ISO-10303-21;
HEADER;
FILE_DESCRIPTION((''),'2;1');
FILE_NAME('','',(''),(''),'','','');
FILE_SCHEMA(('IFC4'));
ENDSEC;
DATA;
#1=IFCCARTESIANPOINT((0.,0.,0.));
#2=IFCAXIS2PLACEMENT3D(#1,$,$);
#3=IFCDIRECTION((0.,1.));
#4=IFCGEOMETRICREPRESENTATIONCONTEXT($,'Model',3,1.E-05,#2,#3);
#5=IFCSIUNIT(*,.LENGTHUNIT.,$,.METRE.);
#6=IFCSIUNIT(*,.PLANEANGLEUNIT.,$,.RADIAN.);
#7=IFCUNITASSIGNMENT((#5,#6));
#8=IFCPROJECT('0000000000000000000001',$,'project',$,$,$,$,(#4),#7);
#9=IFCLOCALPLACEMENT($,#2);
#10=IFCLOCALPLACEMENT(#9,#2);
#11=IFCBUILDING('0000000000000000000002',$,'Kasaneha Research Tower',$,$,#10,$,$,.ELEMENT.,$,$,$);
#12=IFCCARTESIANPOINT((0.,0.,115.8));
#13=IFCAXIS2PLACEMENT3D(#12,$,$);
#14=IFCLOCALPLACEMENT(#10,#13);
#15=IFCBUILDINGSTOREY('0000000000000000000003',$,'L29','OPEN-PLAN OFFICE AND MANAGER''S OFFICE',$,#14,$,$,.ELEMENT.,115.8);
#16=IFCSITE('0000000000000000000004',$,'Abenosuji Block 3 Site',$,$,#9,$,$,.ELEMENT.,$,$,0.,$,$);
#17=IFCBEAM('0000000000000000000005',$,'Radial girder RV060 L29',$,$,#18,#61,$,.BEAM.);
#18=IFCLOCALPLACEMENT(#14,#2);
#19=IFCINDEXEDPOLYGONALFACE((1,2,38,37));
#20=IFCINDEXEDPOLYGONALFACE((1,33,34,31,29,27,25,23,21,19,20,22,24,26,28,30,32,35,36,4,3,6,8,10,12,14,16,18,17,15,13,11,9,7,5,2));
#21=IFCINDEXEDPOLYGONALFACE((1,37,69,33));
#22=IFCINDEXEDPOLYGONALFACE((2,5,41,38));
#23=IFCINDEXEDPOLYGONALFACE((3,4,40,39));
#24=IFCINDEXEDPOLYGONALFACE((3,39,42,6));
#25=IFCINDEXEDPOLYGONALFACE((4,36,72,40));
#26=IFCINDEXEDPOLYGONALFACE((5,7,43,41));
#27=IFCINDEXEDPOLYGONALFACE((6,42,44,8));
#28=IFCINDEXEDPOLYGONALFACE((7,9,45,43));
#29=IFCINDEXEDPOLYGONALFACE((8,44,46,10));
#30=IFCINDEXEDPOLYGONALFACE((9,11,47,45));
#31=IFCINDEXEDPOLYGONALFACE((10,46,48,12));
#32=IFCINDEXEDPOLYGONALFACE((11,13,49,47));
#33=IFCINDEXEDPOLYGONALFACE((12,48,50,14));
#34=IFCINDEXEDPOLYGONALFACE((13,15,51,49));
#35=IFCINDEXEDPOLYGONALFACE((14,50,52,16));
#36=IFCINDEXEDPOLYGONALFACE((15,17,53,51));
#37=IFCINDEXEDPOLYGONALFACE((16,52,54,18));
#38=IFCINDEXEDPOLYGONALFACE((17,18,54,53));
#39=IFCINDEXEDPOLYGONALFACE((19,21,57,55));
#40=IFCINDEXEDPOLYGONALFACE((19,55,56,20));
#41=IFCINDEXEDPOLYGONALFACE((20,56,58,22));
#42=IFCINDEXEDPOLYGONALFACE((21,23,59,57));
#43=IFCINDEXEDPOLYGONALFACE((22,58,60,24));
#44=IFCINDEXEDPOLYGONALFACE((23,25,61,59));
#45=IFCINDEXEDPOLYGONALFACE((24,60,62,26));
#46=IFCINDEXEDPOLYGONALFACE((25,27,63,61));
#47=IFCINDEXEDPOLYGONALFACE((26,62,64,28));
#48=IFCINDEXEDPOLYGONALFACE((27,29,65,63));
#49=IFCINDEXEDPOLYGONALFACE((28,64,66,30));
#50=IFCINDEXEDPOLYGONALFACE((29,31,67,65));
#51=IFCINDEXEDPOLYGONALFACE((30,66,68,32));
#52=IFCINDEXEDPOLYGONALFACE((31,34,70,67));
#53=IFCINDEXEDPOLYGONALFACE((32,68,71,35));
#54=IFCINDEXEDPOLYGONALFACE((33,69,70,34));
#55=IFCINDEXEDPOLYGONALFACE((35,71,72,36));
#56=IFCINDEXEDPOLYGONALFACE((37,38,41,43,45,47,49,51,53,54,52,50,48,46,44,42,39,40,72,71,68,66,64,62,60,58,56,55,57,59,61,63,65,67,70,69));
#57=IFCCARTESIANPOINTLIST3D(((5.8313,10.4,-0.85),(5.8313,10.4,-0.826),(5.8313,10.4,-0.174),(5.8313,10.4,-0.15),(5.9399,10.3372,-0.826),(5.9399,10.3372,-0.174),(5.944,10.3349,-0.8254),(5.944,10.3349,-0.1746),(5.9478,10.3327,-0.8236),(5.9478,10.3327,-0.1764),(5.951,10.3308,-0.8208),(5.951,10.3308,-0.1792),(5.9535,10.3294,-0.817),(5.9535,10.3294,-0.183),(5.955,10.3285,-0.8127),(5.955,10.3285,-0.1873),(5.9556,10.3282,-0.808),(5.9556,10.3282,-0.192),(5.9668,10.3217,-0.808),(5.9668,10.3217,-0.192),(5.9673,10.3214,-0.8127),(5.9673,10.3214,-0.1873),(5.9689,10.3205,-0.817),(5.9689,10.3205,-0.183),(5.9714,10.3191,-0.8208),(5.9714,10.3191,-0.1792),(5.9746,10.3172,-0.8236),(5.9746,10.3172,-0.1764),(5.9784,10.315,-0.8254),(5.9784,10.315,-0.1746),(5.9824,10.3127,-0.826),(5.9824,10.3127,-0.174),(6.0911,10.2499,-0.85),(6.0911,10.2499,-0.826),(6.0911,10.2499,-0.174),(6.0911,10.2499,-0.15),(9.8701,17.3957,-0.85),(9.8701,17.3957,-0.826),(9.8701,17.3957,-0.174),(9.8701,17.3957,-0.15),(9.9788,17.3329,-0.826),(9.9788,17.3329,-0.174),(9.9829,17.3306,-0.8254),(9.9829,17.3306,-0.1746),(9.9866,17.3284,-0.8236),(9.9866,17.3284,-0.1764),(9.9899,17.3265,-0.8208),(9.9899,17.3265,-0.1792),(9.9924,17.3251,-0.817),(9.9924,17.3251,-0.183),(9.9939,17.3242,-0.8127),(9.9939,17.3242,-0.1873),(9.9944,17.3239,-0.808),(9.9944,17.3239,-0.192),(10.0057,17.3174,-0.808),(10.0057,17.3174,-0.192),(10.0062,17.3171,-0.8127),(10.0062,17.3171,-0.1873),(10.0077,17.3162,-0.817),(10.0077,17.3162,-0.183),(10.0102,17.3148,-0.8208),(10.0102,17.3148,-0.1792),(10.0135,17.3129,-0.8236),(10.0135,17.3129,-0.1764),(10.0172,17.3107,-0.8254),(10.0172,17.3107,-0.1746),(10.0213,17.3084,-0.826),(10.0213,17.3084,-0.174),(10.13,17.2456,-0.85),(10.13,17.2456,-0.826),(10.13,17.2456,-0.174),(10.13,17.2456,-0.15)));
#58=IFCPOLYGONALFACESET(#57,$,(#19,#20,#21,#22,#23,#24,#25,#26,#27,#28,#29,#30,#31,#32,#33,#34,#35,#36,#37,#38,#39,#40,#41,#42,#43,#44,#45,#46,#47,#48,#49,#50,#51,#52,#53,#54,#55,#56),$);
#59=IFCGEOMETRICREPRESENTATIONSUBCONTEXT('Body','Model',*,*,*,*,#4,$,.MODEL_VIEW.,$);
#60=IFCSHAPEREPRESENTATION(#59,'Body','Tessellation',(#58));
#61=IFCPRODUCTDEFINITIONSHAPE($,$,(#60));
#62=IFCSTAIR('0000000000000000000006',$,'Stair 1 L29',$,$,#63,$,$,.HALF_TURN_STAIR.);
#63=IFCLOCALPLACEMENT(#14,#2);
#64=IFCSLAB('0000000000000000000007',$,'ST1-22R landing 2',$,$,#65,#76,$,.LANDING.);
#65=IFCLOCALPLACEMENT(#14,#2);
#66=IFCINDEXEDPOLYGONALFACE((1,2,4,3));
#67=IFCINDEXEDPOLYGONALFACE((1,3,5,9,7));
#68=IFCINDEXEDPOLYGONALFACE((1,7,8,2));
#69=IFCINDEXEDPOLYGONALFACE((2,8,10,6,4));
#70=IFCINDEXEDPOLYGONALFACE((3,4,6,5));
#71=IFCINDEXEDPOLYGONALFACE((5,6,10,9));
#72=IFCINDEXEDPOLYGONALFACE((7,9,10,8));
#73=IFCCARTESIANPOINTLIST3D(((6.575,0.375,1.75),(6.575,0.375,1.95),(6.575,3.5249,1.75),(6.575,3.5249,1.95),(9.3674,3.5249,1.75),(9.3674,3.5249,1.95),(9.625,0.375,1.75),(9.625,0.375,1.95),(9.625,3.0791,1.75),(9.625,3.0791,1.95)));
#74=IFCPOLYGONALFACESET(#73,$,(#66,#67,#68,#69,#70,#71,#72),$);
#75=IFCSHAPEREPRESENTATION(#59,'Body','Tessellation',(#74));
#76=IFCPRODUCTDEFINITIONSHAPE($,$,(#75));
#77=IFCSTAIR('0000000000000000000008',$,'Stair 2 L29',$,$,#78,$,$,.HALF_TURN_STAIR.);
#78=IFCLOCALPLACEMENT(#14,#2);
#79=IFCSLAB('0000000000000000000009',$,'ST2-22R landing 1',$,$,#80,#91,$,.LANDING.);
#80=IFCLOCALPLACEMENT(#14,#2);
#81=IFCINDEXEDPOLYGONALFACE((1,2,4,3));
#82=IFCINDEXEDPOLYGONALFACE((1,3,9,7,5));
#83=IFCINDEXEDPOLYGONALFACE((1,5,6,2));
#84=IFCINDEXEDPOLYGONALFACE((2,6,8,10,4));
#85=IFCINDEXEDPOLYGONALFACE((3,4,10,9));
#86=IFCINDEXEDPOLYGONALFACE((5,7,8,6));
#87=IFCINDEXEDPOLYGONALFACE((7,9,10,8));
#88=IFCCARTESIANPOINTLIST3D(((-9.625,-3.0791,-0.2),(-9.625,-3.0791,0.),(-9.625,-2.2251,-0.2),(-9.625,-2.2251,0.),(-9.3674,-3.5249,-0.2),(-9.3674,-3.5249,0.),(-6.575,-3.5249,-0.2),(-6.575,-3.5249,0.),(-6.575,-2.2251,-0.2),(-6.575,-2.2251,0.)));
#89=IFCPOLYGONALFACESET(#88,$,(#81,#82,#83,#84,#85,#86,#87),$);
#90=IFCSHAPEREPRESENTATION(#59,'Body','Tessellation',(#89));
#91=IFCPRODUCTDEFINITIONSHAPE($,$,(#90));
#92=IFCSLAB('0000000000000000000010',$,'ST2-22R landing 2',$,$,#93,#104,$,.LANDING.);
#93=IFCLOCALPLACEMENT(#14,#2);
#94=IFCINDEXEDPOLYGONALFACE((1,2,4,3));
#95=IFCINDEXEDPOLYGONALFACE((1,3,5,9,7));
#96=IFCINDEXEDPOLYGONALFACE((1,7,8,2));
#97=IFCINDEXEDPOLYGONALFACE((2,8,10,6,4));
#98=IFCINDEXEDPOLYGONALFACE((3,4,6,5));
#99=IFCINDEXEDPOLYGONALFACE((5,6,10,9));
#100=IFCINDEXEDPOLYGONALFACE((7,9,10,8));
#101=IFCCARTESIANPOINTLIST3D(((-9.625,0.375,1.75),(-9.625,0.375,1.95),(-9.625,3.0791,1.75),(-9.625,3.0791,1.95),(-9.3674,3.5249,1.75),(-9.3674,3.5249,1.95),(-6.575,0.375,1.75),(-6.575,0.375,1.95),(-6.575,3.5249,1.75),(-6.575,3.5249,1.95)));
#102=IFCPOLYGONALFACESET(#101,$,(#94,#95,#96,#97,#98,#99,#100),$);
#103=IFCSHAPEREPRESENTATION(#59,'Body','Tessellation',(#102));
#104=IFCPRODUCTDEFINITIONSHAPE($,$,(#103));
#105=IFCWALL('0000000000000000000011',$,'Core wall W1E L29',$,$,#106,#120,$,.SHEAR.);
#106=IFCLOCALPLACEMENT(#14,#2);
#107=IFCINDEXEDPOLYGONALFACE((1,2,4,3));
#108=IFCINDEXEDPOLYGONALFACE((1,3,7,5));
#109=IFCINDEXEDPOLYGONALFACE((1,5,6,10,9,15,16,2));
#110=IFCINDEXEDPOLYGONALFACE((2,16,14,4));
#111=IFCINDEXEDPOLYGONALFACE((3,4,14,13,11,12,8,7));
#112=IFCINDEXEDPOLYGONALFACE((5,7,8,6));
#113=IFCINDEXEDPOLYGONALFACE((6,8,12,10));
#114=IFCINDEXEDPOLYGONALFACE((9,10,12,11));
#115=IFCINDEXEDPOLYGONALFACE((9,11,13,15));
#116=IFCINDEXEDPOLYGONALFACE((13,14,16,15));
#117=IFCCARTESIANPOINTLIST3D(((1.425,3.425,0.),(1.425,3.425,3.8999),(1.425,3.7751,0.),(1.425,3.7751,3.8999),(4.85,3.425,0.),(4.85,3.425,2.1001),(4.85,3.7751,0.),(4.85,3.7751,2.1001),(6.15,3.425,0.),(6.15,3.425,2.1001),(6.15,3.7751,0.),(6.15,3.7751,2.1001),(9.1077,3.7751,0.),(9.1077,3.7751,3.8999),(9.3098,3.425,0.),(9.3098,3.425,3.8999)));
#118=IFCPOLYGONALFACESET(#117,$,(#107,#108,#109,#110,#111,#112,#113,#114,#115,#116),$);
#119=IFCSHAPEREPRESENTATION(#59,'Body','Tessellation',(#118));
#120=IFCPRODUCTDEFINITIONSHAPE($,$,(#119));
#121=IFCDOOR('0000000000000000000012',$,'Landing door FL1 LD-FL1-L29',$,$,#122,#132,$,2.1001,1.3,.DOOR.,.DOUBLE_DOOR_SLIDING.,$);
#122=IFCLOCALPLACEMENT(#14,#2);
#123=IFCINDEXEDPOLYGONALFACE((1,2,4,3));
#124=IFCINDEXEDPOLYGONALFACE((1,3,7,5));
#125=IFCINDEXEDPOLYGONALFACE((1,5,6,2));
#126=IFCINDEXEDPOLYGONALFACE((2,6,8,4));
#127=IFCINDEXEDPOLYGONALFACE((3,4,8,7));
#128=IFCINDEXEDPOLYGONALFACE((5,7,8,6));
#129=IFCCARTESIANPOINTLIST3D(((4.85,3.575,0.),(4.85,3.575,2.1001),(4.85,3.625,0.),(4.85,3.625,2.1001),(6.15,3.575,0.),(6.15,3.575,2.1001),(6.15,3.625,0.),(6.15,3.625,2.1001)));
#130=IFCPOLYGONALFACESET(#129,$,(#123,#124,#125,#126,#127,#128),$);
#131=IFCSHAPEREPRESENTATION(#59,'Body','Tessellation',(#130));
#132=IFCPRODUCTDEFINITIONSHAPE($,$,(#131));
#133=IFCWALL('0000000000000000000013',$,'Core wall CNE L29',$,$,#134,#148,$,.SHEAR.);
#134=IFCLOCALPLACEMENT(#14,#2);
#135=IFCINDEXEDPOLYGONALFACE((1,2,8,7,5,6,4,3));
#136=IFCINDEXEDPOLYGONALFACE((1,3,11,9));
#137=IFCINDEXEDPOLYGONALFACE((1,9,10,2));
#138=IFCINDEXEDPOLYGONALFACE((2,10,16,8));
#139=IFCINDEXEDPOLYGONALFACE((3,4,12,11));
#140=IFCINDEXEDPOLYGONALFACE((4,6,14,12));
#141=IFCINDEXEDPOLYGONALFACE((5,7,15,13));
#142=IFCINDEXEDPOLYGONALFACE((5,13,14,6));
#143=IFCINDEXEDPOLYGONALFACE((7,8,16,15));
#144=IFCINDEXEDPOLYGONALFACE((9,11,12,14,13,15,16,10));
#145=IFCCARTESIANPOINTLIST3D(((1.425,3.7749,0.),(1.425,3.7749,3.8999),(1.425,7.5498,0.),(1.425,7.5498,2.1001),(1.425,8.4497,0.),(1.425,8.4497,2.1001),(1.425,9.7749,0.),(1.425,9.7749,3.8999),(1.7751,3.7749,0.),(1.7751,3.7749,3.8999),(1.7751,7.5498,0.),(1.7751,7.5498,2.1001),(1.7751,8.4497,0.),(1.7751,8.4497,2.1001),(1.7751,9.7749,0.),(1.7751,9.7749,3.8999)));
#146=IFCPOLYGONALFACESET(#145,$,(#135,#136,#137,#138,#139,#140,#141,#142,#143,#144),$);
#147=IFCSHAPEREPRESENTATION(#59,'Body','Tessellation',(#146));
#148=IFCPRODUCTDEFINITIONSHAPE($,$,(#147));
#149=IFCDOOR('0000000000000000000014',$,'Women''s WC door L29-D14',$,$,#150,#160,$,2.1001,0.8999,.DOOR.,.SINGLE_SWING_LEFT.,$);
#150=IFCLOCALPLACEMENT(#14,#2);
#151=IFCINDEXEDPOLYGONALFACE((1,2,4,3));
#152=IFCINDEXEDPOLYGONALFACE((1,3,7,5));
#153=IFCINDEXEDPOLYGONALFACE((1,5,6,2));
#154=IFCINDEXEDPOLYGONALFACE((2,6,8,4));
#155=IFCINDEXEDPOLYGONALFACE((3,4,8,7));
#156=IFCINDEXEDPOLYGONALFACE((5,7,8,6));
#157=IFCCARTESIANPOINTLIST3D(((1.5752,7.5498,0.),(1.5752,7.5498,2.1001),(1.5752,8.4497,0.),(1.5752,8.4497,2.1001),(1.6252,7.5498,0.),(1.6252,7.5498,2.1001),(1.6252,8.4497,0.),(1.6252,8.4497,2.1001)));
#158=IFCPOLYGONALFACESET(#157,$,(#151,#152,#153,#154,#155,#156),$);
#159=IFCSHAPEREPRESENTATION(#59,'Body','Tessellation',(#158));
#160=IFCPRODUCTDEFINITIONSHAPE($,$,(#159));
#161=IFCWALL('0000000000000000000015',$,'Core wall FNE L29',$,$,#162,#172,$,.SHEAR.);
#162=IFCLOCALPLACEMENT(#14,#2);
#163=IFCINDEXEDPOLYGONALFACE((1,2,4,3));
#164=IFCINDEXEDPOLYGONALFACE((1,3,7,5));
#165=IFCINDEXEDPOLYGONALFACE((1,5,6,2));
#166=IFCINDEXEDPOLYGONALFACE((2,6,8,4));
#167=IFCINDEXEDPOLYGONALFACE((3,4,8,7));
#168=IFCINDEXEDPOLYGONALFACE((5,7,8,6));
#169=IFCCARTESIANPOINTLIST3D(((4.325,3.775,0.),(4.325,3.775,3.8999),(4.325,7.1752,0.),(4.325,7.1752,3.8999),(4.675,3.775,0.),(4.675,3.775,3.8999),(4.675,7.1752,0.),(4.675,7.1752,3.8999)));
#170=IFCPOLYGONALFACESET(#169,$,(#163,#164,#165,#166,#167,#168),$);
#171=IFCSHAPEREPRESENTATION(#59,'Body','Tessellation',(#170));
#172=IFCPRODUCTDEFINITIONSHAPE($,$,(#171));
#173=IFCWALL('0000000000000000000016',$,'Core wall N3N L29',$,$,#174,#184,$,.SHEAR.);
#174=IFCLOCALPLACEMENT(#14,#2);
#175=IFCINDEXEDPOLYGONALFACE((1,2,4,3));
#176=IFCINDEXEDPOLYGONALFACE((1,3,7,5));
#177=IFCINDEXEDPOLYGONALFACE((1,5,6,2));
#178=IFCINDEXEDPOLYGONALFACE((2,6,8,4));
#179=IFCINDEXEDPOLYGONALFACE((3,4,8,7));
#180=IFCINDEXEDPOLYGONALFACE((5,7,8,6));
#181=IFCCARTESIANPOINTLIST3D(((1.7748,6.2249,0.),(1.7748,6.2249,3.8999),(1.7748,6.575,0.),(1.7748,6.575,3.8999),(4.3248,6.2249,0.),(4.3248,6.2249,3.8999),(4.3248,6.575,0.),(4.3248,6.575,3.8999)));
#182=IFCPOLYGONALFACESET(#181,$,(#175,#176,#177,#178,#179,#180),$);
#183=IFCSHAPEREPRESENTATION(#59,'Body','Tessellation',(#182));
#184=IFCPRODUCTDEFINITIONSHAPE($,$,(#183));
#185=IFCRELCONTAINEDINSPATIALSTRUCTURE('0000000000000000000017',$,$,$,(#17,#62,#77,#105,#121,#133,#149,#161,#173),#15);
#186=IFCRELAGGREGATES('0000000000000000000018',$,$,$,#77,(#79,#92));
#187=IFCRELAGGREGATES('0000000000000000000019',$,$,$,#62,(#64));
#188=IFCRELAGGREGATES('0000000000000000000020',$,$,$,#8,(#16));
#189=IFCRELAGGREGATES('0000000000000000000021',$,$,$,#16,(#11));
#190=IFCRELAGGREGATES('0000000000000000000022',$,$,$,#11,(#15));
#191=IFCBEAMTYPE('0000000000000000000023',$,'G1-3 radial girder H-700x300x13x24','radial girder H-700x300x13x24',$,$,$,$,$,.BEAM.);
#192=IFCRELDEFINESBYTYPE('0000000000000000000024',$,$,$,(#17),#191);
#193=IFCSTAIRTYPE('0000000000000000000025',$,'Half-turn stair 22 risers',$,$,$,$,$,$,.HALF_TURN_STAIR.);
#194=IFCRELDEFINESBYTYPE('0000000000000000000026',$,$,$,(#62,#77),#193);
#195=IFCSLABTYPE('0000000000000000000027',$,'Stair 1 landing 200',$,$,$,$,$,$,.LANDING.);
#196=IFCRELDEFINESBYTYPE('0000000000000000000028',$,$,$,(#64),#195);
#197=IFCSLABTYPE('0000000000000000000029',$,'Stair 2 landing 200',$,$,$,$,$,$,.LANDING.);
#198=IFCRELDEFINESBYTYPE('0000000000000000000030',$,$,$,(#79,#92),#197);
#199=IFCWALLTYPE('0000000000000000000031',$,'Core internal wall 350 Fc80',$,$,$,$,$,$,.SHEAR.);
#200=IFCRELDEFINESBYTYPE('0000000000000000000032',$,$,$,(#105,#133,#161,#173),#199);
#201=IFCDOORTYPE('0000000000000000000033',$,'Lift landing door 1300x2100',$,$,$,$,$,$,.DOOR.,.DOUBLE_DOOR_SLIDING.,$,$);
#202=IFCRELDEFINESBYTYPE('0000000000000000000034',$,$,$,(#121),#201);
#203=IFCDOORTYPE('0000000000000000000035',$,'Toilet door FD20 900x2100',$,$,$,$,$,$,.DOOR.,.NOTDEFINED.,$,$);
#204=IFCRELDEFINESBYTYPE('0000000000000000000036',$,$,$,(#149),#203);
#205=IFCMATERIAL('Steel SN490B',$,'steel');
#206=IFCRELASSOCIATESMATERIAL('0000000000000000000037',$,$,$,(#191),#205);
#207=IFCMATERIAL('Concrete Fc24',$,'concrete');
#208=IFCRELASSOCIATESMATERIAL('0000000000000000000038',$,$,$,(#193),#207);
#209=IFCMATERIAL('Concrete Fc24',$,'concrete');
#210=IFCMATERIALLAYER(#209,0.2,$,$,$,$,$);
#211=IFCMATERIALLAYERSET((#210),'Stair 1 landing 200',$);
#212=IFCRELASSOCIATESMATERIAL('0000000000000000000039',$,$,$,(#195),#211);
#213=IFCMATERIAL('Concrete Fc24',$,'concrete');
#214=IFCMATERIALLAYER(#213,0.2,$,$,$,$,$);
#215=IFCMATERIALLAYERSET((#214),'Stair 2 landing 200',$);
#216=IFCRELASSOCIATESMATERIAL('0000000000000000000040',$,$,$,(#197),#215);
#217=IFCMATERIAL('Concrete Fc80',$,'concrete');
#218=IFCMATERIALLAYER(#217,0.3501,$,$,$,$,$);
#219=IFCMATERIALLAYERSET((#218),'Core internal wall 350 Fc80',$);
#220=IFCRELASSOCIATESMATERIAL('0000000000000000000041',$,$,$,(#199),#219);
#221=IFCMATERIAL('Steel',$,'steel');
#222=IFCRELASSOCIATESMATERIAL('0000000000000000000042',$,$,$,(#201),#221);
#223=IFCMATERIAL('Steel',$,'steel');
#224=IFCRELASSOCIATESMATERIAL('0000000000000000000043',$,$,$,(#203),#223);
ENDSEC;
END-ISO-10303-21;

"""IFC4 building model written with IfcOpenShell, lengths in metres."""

from ifc_helpers import new_model, si_unit, direction, frame, frame_2d, origin, origin_2d, place, context, subcontext, project, spatial, polyline, rectangle, i_section, outline, extrude, material, layer, layer_set, material_profile, profile_set, type_object, element, fill, aggregate, save


model = new_model("IFC4")

# Units and contexts
model_context = context("Model", 3, precision=1e-05, world=origin(), true_north=direction((0.0, 1.0)))
body_context = subcontext(model_context, "Body", "Model", "MODEL_VIEW")
ifc_project = project(units=[si_unit("LENGTHUNIT", "METRE"), si_unit("PLANEANGLEUNIT", "RADIAN")], contexts=[model_context])

# Site, building, storey
site_placement = place(None, origin())
site = spatial("IfcSite", under=ifc_project, at=site_placement, Name="Abenosuji Block 3 Site", CompositionType="ELEMENT", RefElevation=0.0)
building_placement = place(site_placement, origin())
building = spatial("IfcBuilding", under=site, at=building_placement, Name="Kasaneha Research Tower", CompositionType="ELEMENT")
storey_placement = place(building_placement, frame((0.0, 0.0, 115.8)))
storey = spatial("IfcBuildingStorey", under=building, at=storey_placement, Name="L29", Description="OPEN-PLAN OFFICE AND MANAGER'S OFFICE", CompositionType="ELEMENT", Elevation=115.8)

# Beam
ifc_material_1 = material(Name="Steel SN490B", Category="steel")
ifc_material_profile = material_profile(ifc_material_1, i_section(OverallWidth=0.3, OverallDepth=0.7, WebThickness=0.0129, FlangeThickness=0.0239, FilletRadius=0.0181, at=origin_2d()), Name="H-700x300x13x24")
ifc_profile_set = profile_set([ifc_material_profile], Name="Steel SN490B")
beam_type = type_object("IfcBeamType", Name="G1-3 radial girder H-700x300x13x24", Description="radial girder H-700x300x13x24", PredefinedType="BEAM", material=ifc_profile_set)
beam_placement = place(storey_placement, frame((5.9612, 10.325, -0.5), z_axis=(0.499991, 0.866031, 0.0), x_axis=(-0.866031, 0.499991, 0.0)))
element("IfcBeam", 1, at=beam_placement, inside=storey, type_object=beam_type, Name="Radial girder RV060 L29", PredefinedType="BEAM", context=body_context, shape_type="SweptSolid", body=[
    extrude(i_section(OverallWidth=0.3, OverallDepth=0.7, WebThickness=0.0129, FlangeThickness=0.0239, FilletRadius=0.0181, at=origin_2d()), origin(), (0.0, 0.0, 1.0), 8.0779),
])

# Stair, slab
ifc_material_2 = material(Name="Concrete Fc24", Category="concrete")
stair_type = type_object("IfcStairType", Name="Half-turn stair 22 risers", PredefinedType="HALF_TURN_STAIR", material=ifc_material_2)
stair_1_placement = place(storey_placement, origin())
stair_1 = element("IfcStair", 2, at=stair_1_placement, inside=storey, type_object=stair_type, Name="Stair 1 L29", PredefinedType="HALF_TURN_STAIR")
ifc_material_3 = material(Name="Concrete Fc24", Category="concrete")
ifc_layer_1 = layer(ifc_material_3, 0.2)
ifc_layer_set_1 = layer_set([ifc_layer_1], Name="Stair 1 landing 200")
slab_type_1 = type_object("IfcSlabType", Name="Stair 1 landing 200", PredefinedType="LANDING", material=ifc_layer_set_1)
slab_1_placement = place(storey_placement, frame((0.0, 0.0, 1.75)))
slab_1 = element("IfcSlab", 3, at=slab_1_placement, type_object=slab_type_1, Name="ST1-22R landing 2", PredefinedType="LANDING", context=body_context, shape_type="SweptSolid", body=[
    extrude(outline(polyline([(6.575, 3.5249), (9.3674, 3.5249), (9.625, 3.0791), (9.625, 0.375), (6.575, 0.375), (6.575, 3.5249)])), origin(), (0.0, 0.0, 1.0), 0.2),
])

# Stair, slabs
stair_2_placement = place(storey_placement, origin())
stair_2 = element("IfcStair", 4, at=stair_2_placement, inside=storey, type_object=stair_type, Name="Stair 2 L29", PredefinedType="HALF_TURN_STAIR")
ifc_material_4 = material(Name="Concrete Fc24", Category="concrete")
ifc_layer_2 = layer(ifc_material_4, 0.2)
ifc_layer_set_2 = layer_set([ifc_layer_2], Name="Stair 2 landing 200")
slab_type_2 = type_object("IfcSlabType", Name="Stair 2 landing 200", PredefinedType="LANDING", material=ifc_layer_set_2)
slab_2_placement = place(storey_placement, frame((0.0, 0.0, -0.2)))
slab_2 = element("IfcSlab", 5, at=slab_2_placement, type_object=slab_type_2, Name="ST2-22R landing 1", PredefinedType="LANDING", context=body_context, shape_type="SweptSolid", body=[
    extrude(outline(polyline([(-6.575, -3.5249), (-9.3674, -3.5249), (-9.625, -3.0791), (-9.625, -2.2251), (-6.575, -2.2251), (-6.575, -3.5249)])), origin(), (0.0, 0.0, 1.0), 0.2),
])
slab_3_placement = place(storey_placement, frame((0.0, 0.0, 1.75)))
slab_3 = element("IfcSlab", 6, at=slab_3_placement, type_object=slab_type_2, Name="ST2-22R landing 2", PredefinedType="LANDING", context=body_context, shape_type="SweptSolid", body=[
    extrude(outline(polyline([(-6.575, 0.375), (-9.625, 0.375), (-9.625, 3.0791), (-9.3674, 3.5249), (-6.575, 3.5249), (-6.575, 0.375)])), origin(), (0.0, 0.0, 1.0), 0.2),
])
aggregate(stair_2, [slab_2, slab_3])

# Walls, openings, doors
ifc_material_5 = material(Name="Concrete Fc80", Category="concrete")
ifc_layer_3 = layer(ifc_material_5, 0.3501)
ifc_layer_set_3 = layer_set([ifc_layer_3], Name="Core internal wall 350 Fc80")
wall_type_1 = type_object("IfcWallType", Name="Core internal wall 350 Fc80", PredefinedType="SHEAR", material=ifc_layer_set_3)
wall_1_placement = place(storey_placement, frame((1.425, 3.6001, 0.0), z_axis=(0.0, 0.0, 1.0), x_axis=(1.0, 0.0, 0.0)))
wall_1 = element("IfcWall", 7, at=wall_1_placement, inside=storey, type_object=wall_type_1, Name="Core wall W1E L29", PredefinedType="SHEAR", context=body_context, shape_type="SweptSolid", body=[
    extrude(outline(polyline([(0.0, -0.175), (3.425, -0.175), (4.7251, -0.175), (7.8848, -0.175), (7.6826, 0.175), (4.7251, 0.175), (3.425, 0.175), (0.0, 0.175), (0.0, -0.175)])), origin(), (0.0, 0.0, 1.0), 3.8999),
])
opening_1_placement = place(wall_1_placement, frame((3.425, 0.0, 0.0)))
opening_1 = element("IfcOpeningElement", 8, at=opening_1_placement, cuts=wall_1, PredefinedType="OPENING", context=body_context, shape_type="SweptSolid", body=[
    extrude(rectangle(XDim=1.3, YDim=2.1001, at=frame_2d((0.6499, 1.05))), frame((0.0, 0.1851, 0.0), z_axis=(0.0, -1.0, 0.0), x_axis=(1.0, 0.0, 0.0)), (0.0, 0.0, 1.0), 0.3701),
])
ifc_material_6 = material(Name="Steel", Category="steel")
door_type_1 = type_object("IfcDoorType", Name="Lift landing door 1300x2100", OperationType="DOUBLE_DOOR_SLIDING", PredefinedType="DOOR", material=ifc_material_6)
door_1_placement = place(opening_1_placement, origin())
door_1 = element("IfcDoor", 9, at=door_1_placement, inside=storey, type_object=door_type_1, Name="Landing door FL1 LD-FL1-L29", OperationType="DOUBLE_DOOR_SLIDING", OverallHeight=2.1001, OverallWidth=1.3, PredefinedType="DOOR", context=body_context, shape_type="SweptSolid", body=[
    extrude(rectangle(XDim=1.3, YDim=2.1001, at=frame_2d((0.6499, 1.05))), frame((0.0, 0.0249, 0.0), z_axis=(0.0, -1.0, 0.0), x_axis=(1.0, 0.0, 0.0)), (0.0, 0.0, 1.0), 0.05),
])
fill(opening_1, door_1)
wall_2_placement = place(storey_placement, frame((1.6001, 3.7749, 0.0), z_axis=(0.0, 0.0, 1.0), x_axis=(0.0, 1.0, 0.0)))
wall_2 = element("IfcWall", 10, at=wall_2_placement, inside=storey, type_object=wall_type_1, Name="Core wall CNE L29", PredefinedType="SHEAR", context=body_context, shape_type="SweptSolid", body=[
    extrude(rectangle(XDim=6.0, YDim=0.3501, at=frame_2d((3.0, 0.0))), origin(), (0.0, 0.0, 1.0), 3.8999),
])
opening_2_placement = place(wall_2_placement, frame((3.7749, 0.0, 0.0)))
opening_2 = element("IfcOpeningElement", 11, at=opening_2_placement, cuts=wall_2, PredefinedType="OPENING", context=body_context, shape_type="SweptSolid", body=[
    extrude(rectangle(XDim=0.8999, YDim=2.1001, at=frame_2d((0.45, 1.05))), frame((0.0, 0.1851, 0.0), z_axis=(0.0, -1.0, 0.0), x_axis=(1.0, 0.0, 0.0)), (0.0, 0.0, 1.0), 0.3701),
])
ifc_material_7 = material(Name="Steel", Category="steel")
door_type_2 = type_object("IfcDoorType", Name="Toilet door FD20 900x2100", OperationType="NOTDEFINED", PredefinedType="DOOR", material=ifc_material_7)
door_2_placement = place(opening_2_placement, origin())
door_2 = element("IfcDoor", 12, at=door_2_placement, inside=storey, type_object=door_type_2, Name="Women's WC door L29-D14", OperationType="SINGLE_SWING_LEFT", OverallHeight=2.1001, OverallWidth=0.8999, PredefinedType="DOOR", context=body_context, shape_type="SweptSolid", body=[
    extrude(rectangle(XDim=0.8999, YDim=2.1001, at=frame_2d((0.45, 1.05))), frame((0.0, 0.0249, 0.0), z_axis=(0.0, -1.0, 0.0), x_axis=(1.0, 0.0, 0.0)), (0.0, 0.0, 1.0), 0.05),
])
fill(opening_2, door_2)

# Walls
wall_3_placement = place(storey_placement, frame((4.5, 3.7749, 0.0), z_axis=(0.0, 0.0, 1.0), x_axis=(0.0, 1.0, 0.0)))
element("IfcWall", 13, at=wall_3_placement, inside=storey, type_object=wall_type_1, Name="Core wall FNE L29", PredefinedType="SHEAR", context=body_context, shape_type="SweptSolid", body=[
    extrude(rectangle(XDim=3.4001, YDim=0.3501, at=frame_2d((1.7002, 0.0))), origin(), (0.0, 0.0, 1.0), 3.8999),
])
wall_4_placement = place(storey_placement, frame((1.7749, 6.3999, 0.0), z_axis=(0.0, 0.0, 1.0), x_axis=(1.0, 0.0, 0.0)))
element("IfcWall", 14, at=wall_4_placement, inside=storey, type_object=wall_type_1, Name="Core wall N3N L29", PredefinedType="SHEAR", context=body_context, shape_type="SweptSolid", body=[
    extrude(rectangle(XDim=2.55, YDim=0.3501, at=frame_2d((1.2749, 0.0))), origin(), (0.0, 0.0, 1.0), 3.8999),
])

aggregate(stair_1, [slab_1])

save(model, "model.ifc")
